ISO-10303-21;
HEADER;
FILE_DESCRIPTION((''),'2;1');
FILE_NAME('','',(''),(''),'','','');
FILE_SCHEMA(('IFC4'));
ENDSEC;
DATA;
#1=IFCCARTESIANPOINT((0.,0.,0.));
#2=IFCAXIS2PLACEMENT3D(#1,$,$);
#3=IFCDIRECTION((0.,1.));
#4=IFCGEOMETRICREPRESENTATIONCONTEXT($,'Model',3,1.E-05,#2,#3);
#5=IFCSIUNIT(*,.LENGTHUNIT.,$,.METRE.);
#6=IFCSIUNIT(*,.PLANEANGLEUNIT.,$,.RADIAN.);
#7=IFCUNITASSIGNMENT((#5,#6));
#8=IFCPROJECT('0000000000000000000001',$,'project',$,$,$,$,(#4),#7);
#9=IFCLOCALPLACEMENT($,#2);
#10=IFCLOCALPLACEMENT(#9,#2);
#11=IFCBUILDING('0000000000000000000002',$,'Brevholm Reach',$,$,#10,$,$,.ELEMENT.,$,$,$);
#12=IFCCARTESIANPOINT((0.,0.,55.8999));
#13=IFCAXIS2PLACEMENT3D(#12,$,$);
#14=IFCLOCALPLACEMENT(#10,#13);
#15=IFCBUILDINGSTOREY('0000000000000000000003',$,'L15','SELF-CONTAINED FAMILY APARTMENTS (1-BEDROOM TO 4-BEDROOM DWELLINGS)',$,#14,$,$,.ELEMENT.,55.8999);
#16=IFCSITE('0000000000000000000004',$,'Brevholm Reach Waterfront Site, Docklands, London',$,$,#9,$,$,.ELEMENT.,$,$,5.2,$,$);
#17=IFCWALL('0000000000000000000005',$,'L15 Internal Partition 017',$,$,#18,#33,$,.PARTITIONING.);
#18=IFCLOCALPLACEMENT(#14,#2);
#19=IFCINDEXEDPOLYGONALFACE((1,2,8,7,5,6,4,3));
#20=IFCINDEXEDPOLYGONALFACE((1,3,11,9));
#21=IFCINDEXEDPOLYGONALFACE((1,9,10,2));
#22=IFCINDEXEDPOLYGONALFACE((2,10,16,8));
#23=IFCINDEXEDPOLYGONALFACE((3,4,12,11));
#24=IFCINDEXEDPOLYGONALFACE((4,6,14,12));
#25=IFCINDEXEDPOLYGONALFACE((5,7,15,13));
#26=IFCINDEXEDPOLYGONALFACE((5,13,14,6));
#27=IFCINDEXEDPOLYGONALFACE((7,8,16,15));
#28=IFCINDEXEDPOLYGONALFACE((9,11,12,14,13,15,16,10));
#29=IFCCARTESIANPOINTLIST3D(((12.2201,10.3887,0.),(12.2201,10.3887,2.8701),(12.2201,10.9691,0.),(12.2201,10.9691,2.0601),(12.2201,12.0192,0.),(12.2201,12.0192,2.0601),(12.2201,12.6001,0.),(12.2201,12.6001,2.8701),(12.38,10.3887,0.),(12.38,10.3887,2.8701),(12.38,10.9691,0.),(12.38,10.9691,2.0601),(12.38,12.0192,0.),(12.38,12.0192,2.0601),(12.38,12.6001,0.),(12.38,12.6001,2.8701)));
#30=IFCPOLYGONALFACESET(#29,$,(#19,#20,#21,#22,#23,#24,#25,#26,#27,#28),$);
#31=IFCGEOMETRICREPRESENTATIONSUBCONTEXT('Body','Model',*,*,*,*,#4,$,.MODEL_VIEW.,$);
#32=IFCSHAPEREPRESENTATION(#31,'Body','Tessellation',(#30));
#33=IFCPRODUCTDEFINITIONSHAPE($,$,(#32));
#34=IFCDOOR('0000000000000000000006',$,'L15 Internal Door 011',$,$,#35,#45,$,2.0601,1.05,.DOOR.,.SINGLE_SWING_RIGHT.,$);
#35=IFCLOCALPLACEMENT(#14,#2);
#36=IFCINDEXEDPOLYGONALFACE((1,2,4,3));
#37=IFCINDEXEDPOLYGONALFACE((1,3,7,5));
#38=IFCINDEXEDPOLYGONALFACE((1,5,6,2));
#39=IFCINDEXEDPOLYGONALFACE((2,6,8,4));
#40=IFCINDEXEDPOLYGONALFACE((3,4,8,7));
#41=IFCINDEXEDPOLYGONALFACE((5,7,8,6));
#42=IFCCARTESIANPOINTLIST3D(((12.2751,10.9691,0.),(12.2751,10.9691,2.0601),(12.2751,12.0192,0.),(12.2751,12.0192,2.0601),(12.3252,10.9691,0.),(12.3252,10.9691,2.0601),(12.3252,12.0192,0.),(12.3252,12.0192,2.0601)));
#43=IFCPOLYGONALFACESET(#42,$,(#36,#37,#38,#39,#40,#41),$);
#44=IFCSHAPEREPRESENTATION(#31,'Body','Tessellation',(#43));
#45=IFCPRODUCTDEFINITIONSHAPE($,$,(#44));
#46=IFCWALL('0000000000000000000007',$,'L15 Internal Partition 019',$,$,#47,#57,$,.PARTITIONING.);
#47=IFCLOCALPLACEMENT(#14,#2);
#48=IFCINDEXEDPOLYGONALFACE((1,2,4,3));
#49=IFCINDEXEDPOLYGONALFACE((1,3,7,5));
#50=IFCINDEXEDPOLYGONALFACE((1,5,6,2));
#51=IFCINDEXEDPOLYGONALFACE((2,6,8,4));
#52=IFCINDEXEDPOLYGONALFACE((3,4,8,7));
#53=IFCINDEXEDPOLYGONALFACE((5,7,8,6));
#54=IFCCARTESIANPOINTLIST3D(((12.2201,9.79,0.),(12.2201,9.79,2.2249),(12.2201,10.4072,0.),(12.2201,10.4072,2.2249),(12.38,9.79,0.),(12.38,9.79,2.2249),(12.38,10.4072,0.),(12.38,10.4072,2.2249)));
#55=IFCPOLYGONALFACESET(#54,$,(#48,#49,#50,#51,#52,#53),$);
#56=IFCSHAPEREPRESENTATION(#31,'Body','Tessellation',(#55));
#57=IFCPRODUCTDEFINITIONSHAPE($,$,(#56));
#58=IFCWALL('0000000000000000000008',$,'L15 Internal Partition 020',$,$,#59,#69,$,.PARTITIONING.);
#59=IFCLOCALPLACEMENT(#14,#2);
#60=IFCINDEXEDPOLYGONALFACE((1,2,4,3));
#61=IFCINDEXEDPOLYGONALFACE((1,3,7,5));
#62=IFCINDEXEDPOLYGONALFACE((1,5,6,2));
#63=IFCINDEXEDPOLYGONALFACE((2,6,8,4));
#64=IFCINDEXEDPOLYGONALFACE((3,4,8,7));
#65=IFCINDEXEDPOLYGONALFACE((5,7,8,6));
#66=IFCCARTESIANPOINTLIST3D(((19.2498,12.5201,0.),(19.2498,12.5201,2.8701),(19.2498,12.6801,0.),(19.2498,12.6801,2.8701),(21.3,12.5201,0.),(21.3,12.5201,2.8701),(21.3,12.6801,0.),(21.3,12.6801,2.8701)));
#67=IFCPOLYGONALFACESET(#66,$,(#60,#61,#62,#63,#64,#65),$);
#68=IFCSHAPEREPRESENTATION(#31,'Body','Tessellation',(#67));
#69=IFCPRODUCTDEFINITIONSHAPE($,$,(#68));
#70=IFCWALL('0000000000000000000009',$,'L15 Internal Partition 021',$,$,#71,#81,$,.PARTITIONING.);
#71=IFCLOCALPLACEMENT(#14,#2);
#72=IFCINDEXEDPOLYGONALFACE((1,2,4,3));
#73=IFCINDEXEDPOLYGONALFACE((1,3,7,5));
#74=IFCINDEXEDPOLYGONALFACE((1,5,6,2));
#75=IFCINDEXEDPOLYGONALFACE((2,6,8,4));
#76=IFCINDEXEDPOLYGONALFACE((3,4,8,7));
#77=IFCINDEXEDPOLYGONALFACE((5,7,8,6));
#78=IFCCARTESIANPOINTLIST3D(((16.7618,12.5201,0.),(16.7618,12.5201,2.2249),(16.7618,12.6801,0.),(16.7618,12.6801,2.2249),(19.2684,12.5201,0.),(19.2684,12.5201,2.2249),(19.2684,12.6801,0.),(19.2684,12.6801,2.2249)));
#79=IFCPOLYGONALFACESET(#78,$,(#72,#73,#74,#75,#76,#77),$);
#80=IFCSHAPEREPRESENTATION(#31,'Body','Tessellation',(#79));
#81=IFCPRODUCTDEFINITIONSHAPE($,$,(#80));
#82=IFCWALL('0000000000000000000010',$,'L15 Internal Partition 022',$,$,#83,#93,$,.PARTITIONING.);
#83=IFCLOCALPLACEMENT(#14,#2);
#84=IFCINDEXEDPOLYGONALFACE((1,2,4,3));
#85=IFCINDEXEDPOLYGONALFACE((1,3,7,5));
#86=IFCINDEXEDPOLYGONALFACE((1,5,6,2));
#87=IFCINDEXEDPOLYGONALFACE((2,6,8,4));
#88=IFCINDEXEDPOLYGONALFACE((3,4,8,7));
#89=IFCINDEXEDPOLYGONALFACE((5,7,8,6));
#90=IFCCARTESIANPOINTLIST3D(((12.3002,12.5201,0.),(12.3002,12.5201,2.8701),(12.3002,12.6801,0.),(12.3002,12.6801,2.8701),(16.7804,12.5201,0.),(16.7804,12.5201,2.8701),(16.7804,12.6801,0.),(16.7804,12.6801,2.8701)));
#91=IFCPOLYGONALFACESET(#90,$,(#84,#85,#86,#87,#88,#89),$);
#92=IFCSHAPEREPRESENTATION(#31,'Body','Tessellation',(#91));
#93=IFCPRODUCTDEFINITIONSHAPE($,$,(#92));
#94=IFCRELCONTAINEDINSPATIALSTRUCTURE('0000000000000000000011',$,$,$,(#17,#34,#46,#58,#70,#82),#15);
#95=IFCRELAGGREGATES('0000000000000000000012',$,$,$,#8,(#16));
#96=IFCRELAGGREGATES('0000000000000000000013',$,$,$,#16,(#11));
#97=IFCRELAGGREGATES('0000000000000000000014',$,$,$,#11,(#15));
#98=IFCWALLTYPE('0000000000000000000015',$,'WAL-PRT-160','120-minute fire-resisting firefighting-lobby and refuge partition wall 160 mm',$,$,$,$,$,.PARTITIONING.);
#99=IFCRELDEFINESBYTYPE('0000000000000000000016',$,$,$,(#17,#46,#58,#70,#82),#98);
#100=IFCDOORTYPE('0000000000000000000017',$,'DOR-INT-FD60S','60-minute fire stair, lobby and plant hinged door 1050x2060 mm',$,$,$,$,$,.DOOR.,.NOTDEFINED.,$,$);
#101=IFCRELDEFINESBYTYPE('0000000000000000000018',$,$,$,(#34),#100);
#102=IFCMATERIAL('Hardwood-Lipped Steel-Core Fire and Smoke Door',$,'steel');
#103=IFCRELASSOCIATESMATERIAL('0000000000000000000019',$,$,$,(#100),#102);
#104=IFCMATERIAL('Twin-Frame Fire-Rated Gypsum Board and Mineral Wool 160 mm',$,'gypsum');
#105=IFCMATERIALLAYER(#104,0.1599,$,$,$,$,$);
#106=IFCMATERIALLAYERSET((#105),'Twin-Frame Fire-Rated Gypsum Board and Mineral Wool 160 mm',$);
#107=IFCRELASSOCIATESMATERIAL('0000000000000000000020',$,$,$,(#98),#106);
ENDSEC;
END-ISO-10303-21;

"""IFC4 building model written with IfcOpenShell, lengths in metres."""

from ifc_helpers import new_model, si_unit, direction, frame, frame_2d, origin, place, context, subcontext, project, spatial, rectangle, extrude, material, layer, layer_set, type_object, element, fill, save


model = new_model("IFC4")

# Units and contexts
model_context = context("Model", 3, precision=1e-05, world=origin(), true_north=direction((0.0, 1.0)))
body_context = subcontext(model_context, "Body", "Model", "MODEL_VIEW")
ifc_project = project(units=[si_unit("LENGTHUNIT", "METRE"), si_unit("PLANEANGLEUNIT", "RADIAN")], contexts=[model_context])

# Site, building, storey
site_placement = place(None, origin())
site = spatial("IfcSite", under=ifc_project, at=site_placement, Name="Brevholm Reach Waterfront Site, Docklands, London", CompositionType="ELEMENT", RefElevation=5.2)
building_placement = place(site_placement, origin())
building = spatial("IfcBuilding", under=site, at=building_placement, Name="Brevholm Reach", CompositionType="ELEMENT")
storey_placement = place(building_placement, frame((0.0, 0.0, 55.8999)))
storey = spatial("IfcBuildingStorey", under=building, at=storey_placement, Name="L15", Description="SELF-CONTAINED FAMILY APARTMENTS (1-BEDROOM TO 4-BEDROOM DWELLINGS)", CompositionType="ELEMENT", Elevation=55.8999)

# Shared definitions
ifc_material_1 = material(Name="Hardwood-Lipped Steel-Core Fire and Smoke Door", Category="steel")
door_type_1 = type_object("IfcDoorType", Name="DOR-INT-FD60S", Description="60-minute fire stair, lobby and plant hinged door 1050x2060 mm", OperationType="NOTDEFINED", PredefinedType="DOOR", material=ifc_material_1)

# Wall, opening, door
ifc_material_2 = material(Name="Twin-Frame Fire-Rated Gypsum Board and Mineral Wool 160 mm", Category="gypsum")
ifc_layer_1 = layer(ifc_material_2, 0.1599)
ifc_layer_set_1 = layer_set([ifc_layer_1], Name="Twin-Frame Fire-Rated Gypsum Board and Mineral Wool 160 mm")
wall_type_1 = type_object("IfcWallType", Name="WAL-PRT-160", Description="120-minute fire-resisting firefighting-lobby and refuge partition wall 160 mm", PredefinedType="PARTITIONING", material=ifc_layer_set_1)
wall_1_placement = place(storey_placement, frame((12.3, 10.3887, 0.0), z_axis=(0.0, 0.0, 1.0), x_axis=(0.0, 1.0, 0.0)))
wall_1 = element("IfcWall", 1, at=wall_1_placement, inside=storey, type_object=wall_type_1, Name="L15 Internal Partition 017", PredefinedType="PARTITIONING", context=body_context, shape_type="SweptSolid", body=[
    extrude(rectangle(XDim=2.2114, YDim=0.1599, at=frame_2d((1.1057, 0.0))), origin(), (0.0, 0.0, 1.0), 2.8701),
])
opening_1_placement = place(wall_1_placement, frame((0.5806, 0.0, 0.0)))
opening_1 = element("IfcOpeningElement", 2, at=opening_1_placement, cuts=wall_1, PredefinedType="OPENING", context=body_context, shape_type="SweptSolid", body=[
    extrude(rectangle(XDim=1.05, YDim=2.0601, at=frame_2d((0.5249, 1.03))), frame((0.0, 0.0898, 0.0), z_axis=(0.0, -1.0, 0.0), x_axis=(1.0, 0.0, 0.0)), (0.0, 0.0, 1.0), 0.1799),
])
door_1_placement = place(opening_1_placement, origin())
door_1 = element("IfcDoor", 3, at=door_1_placement, inside=storey, type_object=door_type_1, Name="L15 Internal Door 011", OperationType="SINGLE_SWING_RIGHT", OverallHeight=2.0601, OverallWidth=1.05, PredefinedType="DOOR", context=body_context, shape_type="SweptSolid", body=[
    extrude(rectangle(XDim=1.05, YDim=2.0601, at=frame_2d((0.5249, 1.03))), frame((0.0, 0.0249, 0.0), z_axis=(0.0, -1.0, 0.0), x_axis=(1.0, 0.0, 0.0)), (0.0, 0.0, 1.0), 0.05),
])
fill(opening_1, door_1)

# Walls
wall_2_placement = place(storey_placement, frame((12.3, 9.79, 0.0), z_axis=(0.0, 0.0, 1.0), x_axis=(0.0, 1.0, 0.0)))
element("IfcWall", 4, at=wall_2_placement, inside=storey, type_object=wall_type_1, Name="L15 Internal Partition 019", PredefinedType="PARTITIONING", context=body_context, shape_type="SweptSolid", body=[
    extrude(rectangle(XDim=0.6172, YDim=0.1599, at=frame_2d((0.3086, 0.0))), origin(), (0.0, 0.0, 1.0), 2.2249),
])
wall_3_placement = place(storey_placement, frame((19.2498, 12.6001, 0.0), z_axis=(0.0, 0.0, 1.0), x_axis=(1.0, 0.0, 0.0)))
element("IfcWall", 5, at=wall_3_placement, inside=storey, type_object=wall_type_1, Name="L15 Internal Partition 020", PredefinedType="PARTITIONING", context=body_context, shape_type="SweptSolid", body=[
    extrude(rectangle(XDim=2.0503, YDim=0.1599, at=frame_2d((1.0251, 0.0))), origin(), (0.0, 0.0, 1.0), 2.8701),
])
wall_4_placement = place(storey_placement, frame((16.7617, 12.6001, 0.0), z_axis=(0.0, 0.0, 1.0), x_axis=(1.0, 0.0, 0.0)))
element("IfcWall", 6, at=wall_4_placement, inside=storey, type_object=wall_type_1, Name="L15 Internal Partition 021", PredefinedType="PARTITIONING", context=body_context, shape_type="SweptSolid", body=[
    extrude(rectangle(XDim=2.5066, YDim=0.1599, at=frame_2d((1.2534, 0.0))), origin(), (0.0, 0.0, 1.0), 2.2249),
])
wall_5_placement = place(storey_placement, frame((12.3, 12.6001, 0.0), z_axis=(0.0, 0.0, 1.0), x_axis=(1.0, 0.0, 0.0)))
element("IfcWall", 7, at=wall_5_placement, inside=storey, type_object=wall_type_1, Name="L15 Internal Partition 022", PredefinedType="PARTITIONING", context=body_context, shape_type="SweptSolid", body=[
    extrude(rectangle(XDim=4.4802, YDim=0.1599, at=frame_2d((2.2402, 0.0))), origin(), (0.0, 0.0, 1.0), 2.8701),
])

save(model, "model.ifc")
